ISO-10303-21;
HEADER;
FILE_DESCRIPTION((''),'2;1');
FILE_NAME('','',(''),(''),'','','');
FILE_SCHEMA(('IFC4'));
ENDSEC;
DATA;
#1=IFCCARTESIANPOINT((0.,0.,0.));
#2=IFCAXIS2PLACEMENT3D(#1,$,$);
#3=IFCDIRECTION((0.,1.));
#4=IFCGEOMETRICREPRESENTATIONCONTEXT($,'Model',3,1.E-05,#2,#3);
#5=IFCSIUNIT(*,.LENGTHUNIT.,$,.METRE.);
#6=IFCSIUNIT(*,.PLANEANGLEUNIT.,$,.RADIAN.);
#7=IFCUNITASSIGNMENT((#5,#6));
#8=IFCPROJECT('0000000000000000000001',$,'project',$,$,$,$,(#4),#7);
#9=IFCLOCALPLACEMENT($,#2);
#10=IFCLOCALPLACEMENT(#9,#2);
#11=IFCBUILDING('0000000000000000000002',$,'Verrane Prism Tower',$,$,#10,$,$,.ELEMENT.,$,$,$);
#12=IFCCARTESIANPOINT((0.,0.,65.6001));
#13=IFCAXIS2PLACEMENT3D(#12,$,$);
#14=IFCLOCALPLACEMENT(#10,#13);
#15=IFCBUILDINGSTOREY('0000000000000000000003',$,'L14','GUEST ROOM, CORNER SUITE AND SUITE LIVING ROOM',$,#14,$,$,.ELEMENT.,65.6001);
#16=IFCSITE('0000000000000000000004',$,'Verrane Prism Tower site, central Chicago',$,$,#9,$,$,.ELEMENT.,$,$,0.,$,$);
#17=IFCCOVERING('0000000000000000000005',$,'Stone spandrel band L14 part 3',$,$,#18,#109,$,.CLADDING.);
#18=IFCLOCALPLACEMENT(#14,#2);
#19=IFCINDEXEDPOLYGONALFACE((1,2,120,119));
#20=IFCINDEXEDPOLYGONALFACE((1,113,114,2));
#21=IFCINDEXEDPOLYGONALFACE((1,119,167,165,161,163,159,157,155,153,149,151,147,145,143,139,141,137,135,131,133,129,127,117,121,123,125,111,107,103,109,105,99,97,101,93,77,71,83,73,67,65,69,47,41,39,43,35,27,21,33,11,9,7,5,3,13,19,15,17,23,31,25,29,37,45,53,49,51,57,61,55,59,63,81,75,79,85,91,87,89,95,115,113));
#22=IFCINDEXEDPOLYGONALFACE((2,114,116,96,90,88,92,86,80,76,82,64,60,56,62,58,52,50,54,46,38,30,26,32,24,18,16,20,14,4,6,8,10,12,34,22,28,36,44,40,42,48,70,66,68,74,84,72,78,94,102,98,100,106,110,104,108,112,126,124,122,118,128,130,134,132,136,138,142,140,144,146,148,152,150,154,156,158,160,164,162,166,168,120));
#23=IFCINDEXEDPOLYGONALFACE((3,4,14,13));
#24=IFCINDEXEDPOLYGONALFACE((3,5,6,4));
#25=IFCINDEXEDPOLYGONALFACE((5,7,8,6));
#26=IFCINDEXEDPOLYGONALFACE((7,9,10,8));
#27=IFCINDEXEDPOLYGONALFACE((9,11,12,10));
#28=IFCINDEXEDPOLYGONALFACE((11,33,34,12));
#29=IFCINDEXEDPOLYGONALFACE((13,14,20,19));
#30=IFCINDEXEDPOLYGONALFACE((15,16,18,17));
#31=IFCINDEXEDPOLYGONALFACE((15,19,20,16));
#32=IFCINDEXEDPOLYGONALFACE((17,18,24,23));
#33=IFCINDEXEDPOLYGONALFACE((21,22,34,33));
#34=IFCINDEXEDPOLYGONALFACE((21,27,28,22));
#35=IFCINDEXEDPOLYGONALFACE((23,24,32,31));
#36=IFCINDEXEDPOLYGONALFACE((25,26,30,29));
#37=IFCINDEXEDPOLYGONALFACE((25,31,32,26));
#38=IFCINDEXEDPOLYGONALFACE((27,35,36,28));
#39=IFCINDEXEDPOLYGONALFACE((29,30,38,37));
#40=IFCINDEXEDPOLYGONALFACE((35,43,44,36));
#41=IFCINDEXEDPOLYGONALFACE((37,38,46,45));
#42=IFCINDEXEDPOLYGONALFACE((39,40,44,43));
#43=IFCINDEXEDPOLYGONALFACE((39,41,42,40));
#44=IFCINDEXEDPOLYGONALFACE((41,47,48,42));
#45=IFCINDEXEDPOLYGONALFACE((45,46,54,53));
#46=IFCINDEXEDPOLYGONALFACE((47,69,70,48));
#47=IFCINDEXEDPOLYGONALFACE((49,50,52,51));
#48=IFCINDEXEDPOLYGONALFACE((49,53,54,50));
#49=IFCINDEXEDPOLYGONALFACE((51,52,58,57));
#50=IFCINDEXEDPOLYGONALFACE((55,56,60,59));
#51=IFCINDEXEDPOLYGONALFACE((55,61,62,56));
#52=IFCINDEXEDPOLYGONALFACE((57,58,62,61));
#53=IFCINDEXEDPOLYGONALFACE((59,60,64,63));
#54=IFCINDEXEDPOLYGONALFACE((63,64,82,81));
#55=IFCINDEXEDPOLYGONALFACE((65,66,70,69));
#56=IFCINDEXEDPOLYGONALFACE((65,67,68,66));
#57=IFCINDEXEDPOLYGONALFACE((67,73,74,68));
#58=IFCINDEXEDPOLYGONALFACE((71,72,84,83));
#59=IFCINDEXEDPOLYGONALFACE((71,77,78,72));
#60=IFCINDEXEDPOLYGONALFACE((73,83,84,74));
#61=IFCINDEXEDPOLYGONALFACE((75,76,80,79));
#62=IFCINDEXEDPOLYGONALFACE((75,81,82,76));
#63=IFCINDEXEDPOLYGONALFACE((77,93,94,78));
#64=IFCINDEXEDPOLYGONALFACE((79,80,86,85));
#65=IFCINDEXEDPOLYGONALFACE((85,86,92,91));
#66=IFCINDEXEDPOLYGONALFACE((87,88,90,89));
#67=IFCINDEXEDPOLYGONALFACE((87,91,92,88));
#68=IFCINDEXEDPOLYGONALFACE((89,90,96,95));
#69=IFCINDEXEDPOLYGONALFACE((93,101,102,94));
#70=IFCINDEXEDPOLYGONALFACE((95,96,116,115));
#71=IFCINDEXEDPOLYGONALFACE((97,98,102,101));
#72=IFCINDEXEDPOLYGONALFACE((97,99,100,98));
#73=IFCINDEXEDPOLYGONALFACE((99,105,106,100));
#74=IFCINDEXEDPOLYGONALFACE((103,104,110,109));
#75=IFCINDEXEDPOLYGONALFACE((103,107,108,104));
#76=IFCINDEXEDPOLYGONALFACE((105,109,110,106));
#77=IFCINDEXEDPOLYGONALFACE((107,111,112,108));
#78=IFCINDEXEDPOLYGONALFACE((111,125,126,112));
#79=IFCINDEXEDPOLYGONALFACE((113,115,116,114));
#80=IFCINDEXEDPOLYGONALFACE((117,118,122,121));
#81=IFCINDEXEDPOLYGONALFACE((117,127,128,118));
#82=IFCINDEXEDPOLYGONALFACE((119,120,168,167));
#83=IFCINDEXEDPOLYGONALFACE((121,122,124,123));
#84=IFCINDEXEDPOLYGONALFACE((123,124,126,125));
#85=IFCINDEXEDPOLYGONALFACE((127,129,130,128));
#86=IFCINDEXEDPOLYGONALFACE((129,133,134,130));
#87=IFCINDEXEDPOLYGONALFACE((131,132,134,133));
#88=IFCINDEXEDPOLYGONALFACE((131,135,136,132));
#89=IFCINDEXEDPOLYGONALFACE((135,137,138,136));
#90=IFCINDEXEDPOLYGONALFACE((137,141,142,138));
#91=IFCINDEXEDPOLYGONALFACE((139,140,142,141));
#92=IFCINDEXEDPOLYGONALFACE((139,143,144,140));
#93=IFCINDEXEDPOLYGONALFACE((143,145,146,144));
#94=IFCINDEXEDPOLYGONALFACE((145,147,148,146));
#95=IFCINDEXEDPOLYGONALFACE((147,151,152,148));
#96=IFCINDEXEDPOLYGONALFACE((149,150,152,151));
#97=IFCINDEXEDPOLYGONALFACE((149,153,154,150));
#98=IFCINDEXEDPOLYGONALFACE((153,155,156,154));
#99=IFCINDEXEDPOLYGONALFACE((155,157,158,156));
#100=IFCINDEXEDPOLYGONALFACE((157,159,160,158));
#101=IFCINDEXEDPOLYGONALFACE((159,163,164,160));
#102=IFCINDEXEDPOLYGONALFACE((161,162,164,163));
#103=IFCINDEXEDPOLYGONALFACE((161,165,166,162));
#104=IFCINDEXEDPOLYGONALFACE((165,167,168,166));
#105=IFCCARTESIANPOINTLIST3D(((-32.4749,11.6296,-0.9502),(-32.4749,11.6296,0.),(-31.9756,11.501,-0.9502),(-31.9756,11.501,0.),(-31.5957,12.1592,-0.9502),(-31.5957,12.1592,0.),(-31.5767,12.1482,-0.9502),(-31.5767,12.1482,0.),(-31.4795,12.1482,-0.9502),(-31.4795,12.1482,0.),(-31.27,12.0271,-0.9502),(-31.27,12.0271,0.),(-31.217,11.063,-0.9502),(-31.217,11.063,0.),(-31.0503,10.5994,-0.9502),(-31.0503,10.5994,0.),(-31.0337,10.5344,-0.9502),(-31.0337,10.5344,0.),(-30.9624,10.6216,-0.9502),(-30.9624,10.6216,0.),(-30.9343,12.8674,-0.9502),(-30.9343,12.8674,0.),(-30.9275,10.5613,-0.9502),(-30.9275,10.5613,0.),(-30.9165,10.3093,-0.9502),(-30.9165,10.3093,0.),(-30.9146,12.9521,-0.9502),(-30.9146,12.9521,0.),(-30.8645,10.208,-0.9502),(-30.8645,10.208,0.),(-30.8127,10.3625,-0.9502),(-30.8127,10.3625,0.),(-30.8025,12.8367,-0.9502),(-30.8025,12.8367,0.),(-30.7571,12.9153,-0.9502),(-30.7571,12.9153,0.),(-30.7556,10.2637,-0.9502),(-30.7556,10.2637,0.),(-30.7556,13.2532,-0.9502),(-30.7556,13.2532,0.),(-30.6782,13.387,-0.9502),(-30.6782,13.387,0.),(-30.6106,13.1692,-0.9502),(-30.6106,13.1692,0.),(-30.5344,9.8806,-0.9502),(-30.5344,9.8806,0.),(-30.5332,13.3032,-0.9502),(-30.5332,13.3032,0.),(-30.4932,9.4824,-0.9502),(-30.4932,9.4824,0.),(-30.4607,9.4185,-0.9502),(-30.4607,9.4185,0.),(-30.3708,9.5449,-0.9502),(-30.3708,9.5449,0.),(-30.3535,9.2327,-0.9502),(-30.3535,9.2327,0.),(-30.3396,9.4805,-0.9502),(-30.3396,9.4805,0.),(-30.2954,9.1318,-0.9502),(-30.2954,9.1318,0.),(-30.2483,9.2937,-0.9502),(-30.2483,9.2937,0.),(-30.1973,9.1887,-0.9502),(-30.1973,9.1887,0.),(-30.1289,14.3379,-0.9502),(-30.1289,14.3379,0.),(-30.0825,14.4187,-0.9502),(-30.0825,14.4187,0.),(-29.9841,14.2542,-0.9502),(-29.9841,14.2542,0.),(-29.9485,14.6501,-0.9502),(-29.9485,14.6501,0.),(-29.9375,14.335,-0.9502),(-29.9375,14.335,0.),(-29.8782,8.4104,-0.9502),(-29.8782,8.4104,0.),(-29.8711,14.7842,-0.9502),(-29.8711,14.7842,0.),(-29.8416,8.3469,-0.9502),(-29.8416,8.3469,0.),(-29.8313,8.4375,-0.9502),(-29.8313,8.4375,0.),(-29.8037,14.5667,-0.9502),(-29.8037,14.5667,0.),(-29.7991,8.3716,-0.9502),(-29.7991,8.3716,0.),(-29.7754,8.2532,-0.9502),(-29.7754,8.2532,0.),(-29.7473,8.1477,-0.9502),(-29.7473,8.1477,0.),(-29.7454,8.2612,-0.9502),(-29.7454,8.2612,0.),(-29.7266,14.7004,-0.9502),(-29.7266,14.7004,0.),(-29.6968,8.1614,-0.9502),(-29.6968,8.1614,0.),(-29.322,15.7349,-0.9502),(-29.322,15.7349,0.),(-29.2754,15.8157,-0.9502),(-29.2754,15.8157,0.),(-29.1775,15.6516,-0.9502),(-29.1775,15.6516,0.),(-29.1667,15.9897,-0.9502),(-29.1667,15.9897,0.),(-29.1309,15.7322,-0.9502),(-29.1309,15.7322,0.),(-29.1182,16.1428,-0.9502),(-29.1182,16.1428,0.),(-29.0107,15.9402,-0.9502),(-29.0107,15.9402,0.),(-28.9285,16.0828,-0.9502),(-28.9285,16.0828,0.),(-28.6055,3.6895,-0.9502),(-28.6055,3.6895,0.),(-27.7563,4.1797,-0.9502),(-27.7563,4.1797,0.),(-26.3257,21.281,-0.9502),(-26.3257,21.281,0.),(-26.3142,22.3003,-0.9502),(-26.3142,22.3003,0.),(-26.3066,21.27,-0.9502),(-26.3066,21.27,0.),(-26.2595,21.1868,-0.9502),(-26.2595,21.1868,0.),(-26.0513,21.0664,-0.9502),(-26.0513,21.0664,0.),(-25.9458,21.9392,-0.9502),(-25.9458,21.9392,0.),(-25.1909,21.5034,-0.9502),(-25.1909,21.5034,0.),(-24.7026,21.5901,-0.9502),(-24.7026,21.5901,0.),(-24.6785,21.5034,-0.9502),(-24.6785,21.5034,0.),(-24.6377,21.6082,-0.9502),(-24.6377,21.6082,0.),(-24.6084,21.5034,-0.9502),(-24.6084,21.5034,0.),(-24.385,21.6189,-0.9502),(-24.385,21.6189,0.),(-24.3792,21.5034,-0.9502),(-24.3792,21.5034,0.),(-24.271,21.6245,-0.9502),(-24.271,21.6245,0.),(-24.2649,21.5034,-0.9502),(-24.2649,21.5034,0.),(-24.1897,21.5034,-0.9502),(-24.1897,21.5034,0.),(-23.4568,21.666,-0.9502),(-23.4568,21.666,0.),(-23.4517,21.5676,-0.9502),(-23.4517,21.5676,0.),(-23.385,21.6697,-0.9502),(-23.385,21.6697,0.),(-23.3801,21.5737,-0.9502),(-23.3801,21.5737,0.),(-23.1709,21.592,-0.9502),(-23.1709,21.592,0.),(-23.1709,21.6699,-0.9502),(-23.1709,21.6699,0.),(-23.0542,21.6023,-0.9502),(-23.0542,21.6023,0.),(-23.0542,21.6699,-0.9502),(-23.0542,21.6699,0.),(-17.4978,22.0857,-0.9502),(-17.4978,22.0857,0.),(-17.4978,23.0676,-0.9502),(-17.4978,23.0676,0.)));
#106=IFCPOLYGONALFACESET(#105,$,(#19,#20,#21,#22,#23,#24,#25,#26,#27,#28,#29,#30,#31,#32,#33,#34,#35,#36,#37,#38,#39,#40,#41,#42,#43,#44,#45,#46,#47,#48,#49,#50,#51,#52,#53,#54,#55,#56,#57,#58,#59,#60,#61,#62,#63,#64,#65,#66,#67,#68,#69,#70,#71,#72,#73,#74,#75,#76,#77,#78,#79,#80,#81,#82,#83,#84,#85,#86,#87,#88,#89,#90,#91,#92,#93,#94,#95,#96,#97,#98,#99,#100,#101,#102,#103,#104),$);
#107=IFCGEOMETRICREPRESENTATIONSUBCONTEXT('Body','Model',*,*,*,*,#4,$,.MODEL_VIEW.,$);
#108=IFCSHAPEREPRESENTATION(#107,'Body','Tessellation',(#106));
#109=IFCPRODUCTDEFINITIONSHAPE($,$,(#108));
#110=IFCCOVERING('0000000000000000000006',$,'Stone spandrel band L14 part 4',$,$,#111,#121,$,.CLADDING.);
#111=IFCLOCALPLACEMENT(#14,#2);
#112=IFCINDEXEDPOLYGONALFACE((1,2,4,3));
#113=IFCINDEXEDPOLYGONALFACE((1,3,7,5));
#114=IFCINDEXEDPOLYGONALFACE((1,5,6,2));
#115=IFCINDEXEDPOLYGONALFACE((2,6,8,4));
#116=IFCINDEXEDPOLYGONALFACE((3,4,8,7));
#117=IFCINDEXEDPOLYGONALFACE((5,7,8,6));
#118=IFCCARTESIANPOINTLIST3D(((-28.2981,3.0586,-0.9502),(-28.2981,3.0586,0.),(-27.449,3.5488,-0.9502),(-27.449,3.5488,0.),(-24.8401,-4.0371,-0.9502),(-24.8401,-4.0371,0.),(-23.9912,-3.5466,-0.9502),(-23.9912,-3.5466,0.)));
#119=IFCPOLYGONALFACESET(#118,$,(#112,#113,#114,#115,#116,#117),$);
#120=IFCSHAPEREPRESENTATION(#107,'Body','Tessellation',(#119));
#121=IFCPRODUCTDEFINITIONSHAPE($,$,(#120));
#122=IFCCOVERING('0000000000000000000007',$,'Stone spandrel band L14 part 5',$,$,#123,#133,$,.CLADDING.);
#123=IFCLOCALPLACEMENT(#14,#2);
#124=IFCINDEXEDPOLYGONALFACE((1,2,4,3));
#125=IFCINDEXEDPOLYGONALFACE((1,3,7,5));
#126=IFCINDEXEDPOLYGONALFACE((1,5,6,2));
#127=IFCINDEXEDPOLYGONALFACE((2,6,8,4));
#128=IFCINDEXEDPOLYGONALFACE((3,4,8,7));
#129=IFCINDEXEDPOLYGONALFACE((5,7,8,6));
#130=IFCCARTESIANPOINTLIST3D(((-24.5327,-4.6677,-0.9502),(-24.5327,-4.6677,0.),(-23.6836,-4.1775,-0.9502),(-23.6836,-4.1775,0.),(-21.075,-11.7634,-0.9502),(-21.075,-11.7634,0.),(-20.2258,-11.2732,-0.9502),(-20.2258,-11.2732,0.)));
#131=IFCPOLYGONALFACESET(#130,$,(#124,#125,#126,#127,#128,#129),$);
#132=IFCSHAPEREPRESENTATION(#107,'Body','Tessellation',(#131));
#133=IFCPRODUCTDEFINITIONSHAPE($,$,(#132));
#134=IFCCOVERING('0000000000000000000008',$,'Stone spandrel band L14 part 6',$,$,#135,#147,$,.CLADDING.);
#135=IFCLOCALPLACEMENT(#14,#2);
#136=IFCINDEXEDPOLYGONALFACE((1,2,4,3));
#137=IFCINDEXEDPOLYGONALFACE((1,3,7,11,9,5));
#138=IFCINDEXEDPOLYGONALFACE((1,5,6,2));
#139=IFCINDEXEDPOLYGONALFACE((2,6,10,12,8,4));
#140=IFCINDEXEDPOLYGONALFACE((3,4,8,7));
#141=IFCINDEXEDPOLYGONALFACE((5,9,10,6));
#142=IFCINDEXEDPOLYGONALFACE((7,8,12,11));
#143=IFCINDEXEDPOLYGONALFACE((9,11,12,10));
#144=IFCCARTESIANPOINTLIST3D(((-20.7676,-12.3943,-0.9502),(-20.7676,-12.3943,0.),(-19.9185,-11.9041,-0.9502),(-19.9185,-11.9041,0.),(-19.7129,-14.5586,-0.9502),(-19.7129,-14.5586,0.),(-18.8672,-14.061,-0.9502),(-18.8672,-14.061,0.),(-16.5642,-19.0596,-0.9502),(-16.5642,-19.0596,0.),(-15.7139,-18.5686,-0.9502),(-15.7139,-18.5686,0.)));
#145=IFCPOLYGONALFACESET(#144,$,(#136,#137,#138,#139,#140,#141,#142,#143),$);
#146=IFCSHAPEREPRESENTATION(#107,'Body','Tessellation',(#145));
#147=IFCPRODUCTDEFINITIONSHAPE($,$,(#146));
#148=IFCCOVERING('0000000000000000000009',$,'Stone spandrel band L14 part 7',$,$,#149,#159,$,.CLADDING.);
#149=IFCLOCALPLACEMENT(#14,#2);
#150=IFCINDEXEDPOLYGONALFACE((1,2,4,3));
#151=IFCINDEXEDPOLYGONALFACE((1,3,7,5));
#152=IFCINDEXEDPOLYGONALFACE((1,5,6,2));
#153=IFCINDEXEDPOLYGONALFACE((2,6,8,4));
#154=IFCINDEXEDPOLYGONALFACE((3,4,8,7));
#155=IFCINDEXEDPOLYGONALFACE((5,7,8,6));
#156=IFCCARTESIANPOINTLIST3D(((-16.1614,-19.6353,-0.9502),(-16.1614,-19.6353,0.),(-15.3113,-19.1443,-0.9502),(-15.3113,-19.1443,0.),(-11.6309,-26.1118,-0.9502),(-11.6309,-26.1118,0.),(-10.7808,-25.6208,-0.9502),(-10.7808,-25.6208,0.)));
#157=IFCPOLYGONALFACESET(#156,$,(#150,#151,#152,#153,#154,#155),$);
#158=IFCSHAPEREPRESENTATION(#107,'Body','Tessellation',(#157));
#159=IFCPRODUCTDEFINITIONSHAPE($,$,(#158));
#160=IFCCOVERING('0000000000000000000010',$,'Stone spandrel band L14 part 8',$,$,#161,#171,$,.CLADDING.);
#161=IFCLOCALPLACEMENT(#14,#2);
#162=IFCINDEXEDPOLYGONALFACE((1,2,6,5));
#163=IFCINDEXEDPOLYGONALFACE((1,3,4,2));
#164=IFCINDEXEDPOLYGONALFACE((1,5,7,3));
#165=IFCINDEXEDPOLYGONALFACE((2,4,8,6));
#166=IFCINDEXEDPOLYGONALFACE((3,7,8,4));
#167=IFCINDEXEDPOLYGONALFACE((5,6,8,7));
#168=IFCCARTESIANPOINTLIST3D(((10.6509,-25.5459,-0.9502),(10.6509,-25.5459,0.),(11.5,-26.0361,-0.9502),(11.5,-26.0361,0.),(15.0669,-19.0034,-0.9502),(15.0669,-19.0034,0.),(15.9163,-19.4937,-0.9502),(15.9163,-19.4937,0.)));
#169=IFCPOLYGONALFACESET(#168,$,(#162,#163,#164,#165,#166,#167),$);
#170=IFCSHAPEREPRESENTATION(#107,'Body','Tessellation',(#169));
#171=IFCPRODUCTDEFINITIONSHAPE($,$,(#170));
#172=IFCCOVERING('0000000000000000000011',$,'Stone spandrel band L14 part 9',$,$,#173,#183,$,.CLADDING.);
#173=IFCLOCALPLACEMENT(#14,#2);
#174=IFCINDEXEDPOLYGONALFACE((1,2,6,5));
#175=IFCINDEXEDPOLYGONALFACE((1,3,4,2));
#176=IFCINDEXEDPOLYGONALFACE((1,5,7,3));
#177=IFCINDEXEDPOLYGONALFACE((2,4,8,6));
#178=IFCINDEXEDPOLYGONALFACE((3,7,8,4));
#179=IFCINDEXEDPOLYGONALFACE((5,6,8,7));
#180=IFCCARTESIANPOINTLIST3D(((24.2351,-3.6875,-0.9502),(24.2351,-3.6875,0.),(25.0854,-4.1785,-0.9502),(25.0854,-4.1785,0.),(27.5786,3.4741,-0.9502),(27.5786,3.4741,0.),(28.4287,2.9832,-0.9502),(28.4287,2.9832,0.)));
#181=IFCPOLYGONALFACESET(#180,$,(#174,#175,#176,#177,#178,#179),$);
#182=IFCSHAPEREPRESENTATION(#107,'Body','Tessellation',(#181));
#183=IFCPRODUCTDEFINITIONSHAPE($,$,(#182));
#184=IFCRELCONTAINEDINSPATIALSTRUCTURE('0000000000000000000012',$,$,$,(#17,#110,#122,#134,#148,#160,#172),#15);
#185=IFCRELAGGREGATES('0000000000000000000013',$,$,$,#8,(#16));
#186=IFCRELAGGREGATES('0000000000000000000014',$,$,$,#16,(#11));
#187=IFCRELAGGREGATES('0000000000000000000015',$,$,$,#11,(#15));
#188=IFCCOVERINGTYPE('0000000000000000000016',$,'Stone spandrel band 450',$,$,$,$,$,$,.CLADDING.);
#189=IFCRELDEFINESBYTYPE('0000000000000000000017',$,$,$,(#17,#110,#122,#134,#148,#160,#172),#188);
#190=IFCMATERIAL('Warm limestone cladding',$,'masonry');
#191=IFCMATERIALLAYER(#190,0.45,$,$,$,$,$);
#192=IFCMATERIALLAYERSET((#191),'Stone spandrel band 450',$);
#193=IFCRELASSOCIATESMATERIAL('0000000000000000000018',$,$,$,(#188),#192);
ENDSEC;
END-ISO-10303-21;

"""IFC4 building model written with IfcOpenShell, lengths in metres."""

from ifc_helpers import new_model, si_unit, direction, frame, origin, place, context, subcontext, project, spatial, polyline, outline, extrude, material, layer, layer_set, type_object, element, save


model = new_model("IFC4")

# Units and contexts
model_context = context("Model", 3, precision=1e-05, world=origin(), true_north=direction((0.0, 1.0)))
body_context = subcontext(model_context, "Body", "Model", "MODEL_VIEW")
ifc_project = project(units=[si_unit("LENGTHUNIT", "METRE"), si_unit("PLANEANGLEUNIT", "RADIAN")], contexts=[model_context])

# Site, building, storey
site_placement = place(None, origin())
site = spatial("IfcSite", under=ifc_project, at=site_placement, Name="Verrane Prism Tower site, central Chicago", CompositionType="ELEMENT", RefElevation=0.0)
building_placement = place(site_placement, origin())
building = spatial("IfcBuilding", under=site, at=building_placement, Name="Verrane Prism Tower", CompositionType="ELEMENT")
storey_placement = place(building_placement, frame((0.0, 0.0, 65.6001)))
storey = spatial("IfcBuildingStorey", under=building, at=storey_placement, Name="L14", Description="GUEST ROOM, CORNER SUITE AND SUITE LIVING ROOM", CompositionType="ELEMENT", Elevation=65.6001)

# Coverings
ifc_material_1 = material(Name="Warm limestone cladding", Category="masonry")
ifc_layer_1 = layer(ifc_material_1, 0.45)
ifc_layer_set_1 = layer_set([ifc_layer_1], Name="Stone spandrel band 450")
covering_type_1 = type_object("IfcCoveringType", Name="Stone spandrel band 450", PredefinedType="CLADDING", material=ifc_layer_set_1)
covering_1_placement = place(storey_placement, frame((0.0, 0.0, -0.9502)))
element("IfcCovering", 1, at=covering_1_placement, inside=storey, type_object=covering_type_1, Name="Stone spandrel band L14 part 3", PredefinedType="CLADDING", context=body_context, shape_type="SweptSolid", body=[
    extrude(outline(polyline([(-32.4749, 11.6296), (-28.6055, 3.6895), (-27.7563, 4.1797), (-29.6968, 8.1614), (-29.7473, 8.1477), (-29.7754, 8.2532), (-29.7454, 8.2612), (-29.7991, 8.3716), (-29.8416, 8.3469), (-29.8782, 8.4104), (-29.8313, 8.4375), (-30.1973, 9.1887), (-30.2954, 9.1318), (-30.3535, 9.2327), (-30.2483, 9.2937), (-30.3396, 9.4805), (-30.4607, 9.4185), (-30.4932, 9.4824), (-30.3708, 9.5449), (-30.5344, 9.8806), (-30.7556, 10.2637), (-30.8645, 10.208), (-30.9165, 10.3093), (-30.8127, 10.3625), (-30.9275, 10.5613), (-31.0337, 10.5344), (-31.0503, 10.5994), (-30.9624, 10.6216), (-31.217, 11.063), (-31.9756, 11.501), (-31.5957, 12.1592), (-31.5767, 12.1482), (-31.4795, 12.1482), (-31.27, 12.0271), (-30.8025, 12.8367), (-30.9343, 12.8674), (-30.9146, 12.9521), (-30.7571, 12.9153), (-30.6106, 13.1692), (-30.7556, 13.2532), (-30.6782, 13.387), (-30.5332, 13.3032), (-29.9841, 14.2542), (-30.1289, 14.3379), (-30.0825, 14.4187), (-29.9375, 14.335), (-29.8037, 14.5667), (-29.9485, 14.6501), (-29.8711, 14.7842), (-29.7266, 14.7004), (-29.1775, 15.6516), (-29.322, 15.7349), (-29.2754, 15.8157), (-29.1309, 15.7322), (-29.0107, 15.9402), (-29.1667, 15.9897), (-29.1182, 16.1428), (-28.9285, 16.0828), (-26.0513, 21.0664), (-26.2595, 21.1868), (-26.3066, 21.27), (-26.3257, 21.281), (-25.9458, 21.9392), (-25.1909, 21.5034), (-24.6785, 21.5034), (-24.7026, 21.5901), (-24.6377, 21.6082), (-24.6084, 21.5034), (-24.3792, 21.5034), (-24.385, 21.6189), (-24.271, 21.6245), (-24.2649, 21.5034), (-24.1897, 21.5034), (-23.4517, 21.5676), (-23.4568, 21.666), (-23.385, 21.6697), (-23.3801, 21.5737), (-23.1709, 21.592), (-23.1709, 21.6699), (-23.0542, 21.6699), (-23.0542, 21.6023), (-17.4978, 22.0857), (-17.4978, 23.0676), (-26.3142, 22.3003), (-32.4749, 11.6296)])), origin(), (0.0, 0.0, 1.0), 0.9502),
])
covering_2_placement = place(storey_placement, frame((0.0, 0.0, -0.9502)))
element("IfcCovering", 2, at=covering_2_placement, inside=storey, type_object=covering_type_1, Name="Stone spandrel band L14 part 4", PredefinedType="CLADDING", context=body_context, shape_type="SweptSolid", body=[
    extrude(outline(polyline([(-23.9912, -3.5466), (-27.449, 3.5488), (-28.2981, 3.0586), (-24.8401, -4.0371), (-23.9912, -3.5466)])), origin(), (0.0, 0.0, 1.0), 0.9502),
])
covering_3_placement = place(storey_placement, frame((0.0, 0.0, -0.9502)))
element("IfcCovering", 3, at=covering_3_placement, inside=storey, type_object=covering_type_1, Name="Stone spandrel band L14 part 5", PredefinedType="CLADDING", context=body_context, shape_type="SweptSolid", body=[
    extrude(outline(polyline([(-24.5327, -4.6677), (-21.075, -11.7634), (-20.2258, -11.2732), (-23.6836, -4.1775), (-24.5327, -4.6677)])), origin(), (0.0, 0.0, 1.0), 0.9502),
])
covering_4_placement = place(storey_placement, frame((0.0, 0.0, -0.9502)))
element("IfcCovering", 4, at=covering_4_placement, inside=storey, type_object=covering_type_1, Name="Stone spandrel band L14 part 6", PredefinedType="CLADDING", context=body_context, shape_type="SweptSolid", body=[
    extrude(outline(polyline([(-19.7129, -14.5586), (-16.5642, -19.0596), (-15.7139, -18.5686), (-18.8672, -14.061), (-19.9185, -11.9041), (-20.7676, -12.3943), (-19.7129, -14.5586)])), origin(), (0.0, 0.0, 1.0), 0.9502),
])
covering_5_placement = place(storey_placement, frame((0.0, 0.0, -0.9502)))
element("IfcCovering", 5, at=covering_5_placement, inside=storey, type_object=covering_type_1, Name="Stone spandrel band L14 part 7", PredefinedType="CLADDING", context=body_context, shape_type="SweptSolid", body=[
    extrude(outline(polyline([(-10.7808, -25.6208), (-15.3113, -19.1443), (-16.1614, -19.6353), (-11.6309, -26.1118), (-10.7808, -25.6208)])), origin(), (0.0, 0.0, 1.0), 0.9502),
])
covering_6_placement = place(storey_placement, frame((0.0, 0.0, -0.9502)))
element("IfcCovering", 6, at=covering_6_placement, inside=storey, type_object=covering_type_1, Name="Stone spandrel band L14 part 8", PredefinedType="CLADDING", context=body_context, shape_type="SweptSolid", body=[
    extrude(outline(polyline([(15.0669, -19.0034), (10.6509, -25.5459), (11.5, -26.0361), (15.9163, -19.4937), (15.0669, -19.0034)])), origin(), (0.0, 0.0, 1.0), 0.9502),
])
covering_7_placement = place(storey_placement, frame((0.0, 0.0, -0.9502)))
element("IfcCovering", 7, at=covering_7_placement, inside=storey, type_object=covering_type_1, Name="Stone spandrel band L14 part 9", PredefinedType="CLADDING", context=body_context, shape_type="SweptSolid", body=[
    extrude(outline(polyline([(27.5786, 3.4741), (24.2351, -3.6875), (25.0854, -4.1785), (28.4287, 2.9832), (27.5786, 3.4741)])), origin(), (0.0, 0.0, 1.0), 0.9502),
])

save(model, "model.ifc")
